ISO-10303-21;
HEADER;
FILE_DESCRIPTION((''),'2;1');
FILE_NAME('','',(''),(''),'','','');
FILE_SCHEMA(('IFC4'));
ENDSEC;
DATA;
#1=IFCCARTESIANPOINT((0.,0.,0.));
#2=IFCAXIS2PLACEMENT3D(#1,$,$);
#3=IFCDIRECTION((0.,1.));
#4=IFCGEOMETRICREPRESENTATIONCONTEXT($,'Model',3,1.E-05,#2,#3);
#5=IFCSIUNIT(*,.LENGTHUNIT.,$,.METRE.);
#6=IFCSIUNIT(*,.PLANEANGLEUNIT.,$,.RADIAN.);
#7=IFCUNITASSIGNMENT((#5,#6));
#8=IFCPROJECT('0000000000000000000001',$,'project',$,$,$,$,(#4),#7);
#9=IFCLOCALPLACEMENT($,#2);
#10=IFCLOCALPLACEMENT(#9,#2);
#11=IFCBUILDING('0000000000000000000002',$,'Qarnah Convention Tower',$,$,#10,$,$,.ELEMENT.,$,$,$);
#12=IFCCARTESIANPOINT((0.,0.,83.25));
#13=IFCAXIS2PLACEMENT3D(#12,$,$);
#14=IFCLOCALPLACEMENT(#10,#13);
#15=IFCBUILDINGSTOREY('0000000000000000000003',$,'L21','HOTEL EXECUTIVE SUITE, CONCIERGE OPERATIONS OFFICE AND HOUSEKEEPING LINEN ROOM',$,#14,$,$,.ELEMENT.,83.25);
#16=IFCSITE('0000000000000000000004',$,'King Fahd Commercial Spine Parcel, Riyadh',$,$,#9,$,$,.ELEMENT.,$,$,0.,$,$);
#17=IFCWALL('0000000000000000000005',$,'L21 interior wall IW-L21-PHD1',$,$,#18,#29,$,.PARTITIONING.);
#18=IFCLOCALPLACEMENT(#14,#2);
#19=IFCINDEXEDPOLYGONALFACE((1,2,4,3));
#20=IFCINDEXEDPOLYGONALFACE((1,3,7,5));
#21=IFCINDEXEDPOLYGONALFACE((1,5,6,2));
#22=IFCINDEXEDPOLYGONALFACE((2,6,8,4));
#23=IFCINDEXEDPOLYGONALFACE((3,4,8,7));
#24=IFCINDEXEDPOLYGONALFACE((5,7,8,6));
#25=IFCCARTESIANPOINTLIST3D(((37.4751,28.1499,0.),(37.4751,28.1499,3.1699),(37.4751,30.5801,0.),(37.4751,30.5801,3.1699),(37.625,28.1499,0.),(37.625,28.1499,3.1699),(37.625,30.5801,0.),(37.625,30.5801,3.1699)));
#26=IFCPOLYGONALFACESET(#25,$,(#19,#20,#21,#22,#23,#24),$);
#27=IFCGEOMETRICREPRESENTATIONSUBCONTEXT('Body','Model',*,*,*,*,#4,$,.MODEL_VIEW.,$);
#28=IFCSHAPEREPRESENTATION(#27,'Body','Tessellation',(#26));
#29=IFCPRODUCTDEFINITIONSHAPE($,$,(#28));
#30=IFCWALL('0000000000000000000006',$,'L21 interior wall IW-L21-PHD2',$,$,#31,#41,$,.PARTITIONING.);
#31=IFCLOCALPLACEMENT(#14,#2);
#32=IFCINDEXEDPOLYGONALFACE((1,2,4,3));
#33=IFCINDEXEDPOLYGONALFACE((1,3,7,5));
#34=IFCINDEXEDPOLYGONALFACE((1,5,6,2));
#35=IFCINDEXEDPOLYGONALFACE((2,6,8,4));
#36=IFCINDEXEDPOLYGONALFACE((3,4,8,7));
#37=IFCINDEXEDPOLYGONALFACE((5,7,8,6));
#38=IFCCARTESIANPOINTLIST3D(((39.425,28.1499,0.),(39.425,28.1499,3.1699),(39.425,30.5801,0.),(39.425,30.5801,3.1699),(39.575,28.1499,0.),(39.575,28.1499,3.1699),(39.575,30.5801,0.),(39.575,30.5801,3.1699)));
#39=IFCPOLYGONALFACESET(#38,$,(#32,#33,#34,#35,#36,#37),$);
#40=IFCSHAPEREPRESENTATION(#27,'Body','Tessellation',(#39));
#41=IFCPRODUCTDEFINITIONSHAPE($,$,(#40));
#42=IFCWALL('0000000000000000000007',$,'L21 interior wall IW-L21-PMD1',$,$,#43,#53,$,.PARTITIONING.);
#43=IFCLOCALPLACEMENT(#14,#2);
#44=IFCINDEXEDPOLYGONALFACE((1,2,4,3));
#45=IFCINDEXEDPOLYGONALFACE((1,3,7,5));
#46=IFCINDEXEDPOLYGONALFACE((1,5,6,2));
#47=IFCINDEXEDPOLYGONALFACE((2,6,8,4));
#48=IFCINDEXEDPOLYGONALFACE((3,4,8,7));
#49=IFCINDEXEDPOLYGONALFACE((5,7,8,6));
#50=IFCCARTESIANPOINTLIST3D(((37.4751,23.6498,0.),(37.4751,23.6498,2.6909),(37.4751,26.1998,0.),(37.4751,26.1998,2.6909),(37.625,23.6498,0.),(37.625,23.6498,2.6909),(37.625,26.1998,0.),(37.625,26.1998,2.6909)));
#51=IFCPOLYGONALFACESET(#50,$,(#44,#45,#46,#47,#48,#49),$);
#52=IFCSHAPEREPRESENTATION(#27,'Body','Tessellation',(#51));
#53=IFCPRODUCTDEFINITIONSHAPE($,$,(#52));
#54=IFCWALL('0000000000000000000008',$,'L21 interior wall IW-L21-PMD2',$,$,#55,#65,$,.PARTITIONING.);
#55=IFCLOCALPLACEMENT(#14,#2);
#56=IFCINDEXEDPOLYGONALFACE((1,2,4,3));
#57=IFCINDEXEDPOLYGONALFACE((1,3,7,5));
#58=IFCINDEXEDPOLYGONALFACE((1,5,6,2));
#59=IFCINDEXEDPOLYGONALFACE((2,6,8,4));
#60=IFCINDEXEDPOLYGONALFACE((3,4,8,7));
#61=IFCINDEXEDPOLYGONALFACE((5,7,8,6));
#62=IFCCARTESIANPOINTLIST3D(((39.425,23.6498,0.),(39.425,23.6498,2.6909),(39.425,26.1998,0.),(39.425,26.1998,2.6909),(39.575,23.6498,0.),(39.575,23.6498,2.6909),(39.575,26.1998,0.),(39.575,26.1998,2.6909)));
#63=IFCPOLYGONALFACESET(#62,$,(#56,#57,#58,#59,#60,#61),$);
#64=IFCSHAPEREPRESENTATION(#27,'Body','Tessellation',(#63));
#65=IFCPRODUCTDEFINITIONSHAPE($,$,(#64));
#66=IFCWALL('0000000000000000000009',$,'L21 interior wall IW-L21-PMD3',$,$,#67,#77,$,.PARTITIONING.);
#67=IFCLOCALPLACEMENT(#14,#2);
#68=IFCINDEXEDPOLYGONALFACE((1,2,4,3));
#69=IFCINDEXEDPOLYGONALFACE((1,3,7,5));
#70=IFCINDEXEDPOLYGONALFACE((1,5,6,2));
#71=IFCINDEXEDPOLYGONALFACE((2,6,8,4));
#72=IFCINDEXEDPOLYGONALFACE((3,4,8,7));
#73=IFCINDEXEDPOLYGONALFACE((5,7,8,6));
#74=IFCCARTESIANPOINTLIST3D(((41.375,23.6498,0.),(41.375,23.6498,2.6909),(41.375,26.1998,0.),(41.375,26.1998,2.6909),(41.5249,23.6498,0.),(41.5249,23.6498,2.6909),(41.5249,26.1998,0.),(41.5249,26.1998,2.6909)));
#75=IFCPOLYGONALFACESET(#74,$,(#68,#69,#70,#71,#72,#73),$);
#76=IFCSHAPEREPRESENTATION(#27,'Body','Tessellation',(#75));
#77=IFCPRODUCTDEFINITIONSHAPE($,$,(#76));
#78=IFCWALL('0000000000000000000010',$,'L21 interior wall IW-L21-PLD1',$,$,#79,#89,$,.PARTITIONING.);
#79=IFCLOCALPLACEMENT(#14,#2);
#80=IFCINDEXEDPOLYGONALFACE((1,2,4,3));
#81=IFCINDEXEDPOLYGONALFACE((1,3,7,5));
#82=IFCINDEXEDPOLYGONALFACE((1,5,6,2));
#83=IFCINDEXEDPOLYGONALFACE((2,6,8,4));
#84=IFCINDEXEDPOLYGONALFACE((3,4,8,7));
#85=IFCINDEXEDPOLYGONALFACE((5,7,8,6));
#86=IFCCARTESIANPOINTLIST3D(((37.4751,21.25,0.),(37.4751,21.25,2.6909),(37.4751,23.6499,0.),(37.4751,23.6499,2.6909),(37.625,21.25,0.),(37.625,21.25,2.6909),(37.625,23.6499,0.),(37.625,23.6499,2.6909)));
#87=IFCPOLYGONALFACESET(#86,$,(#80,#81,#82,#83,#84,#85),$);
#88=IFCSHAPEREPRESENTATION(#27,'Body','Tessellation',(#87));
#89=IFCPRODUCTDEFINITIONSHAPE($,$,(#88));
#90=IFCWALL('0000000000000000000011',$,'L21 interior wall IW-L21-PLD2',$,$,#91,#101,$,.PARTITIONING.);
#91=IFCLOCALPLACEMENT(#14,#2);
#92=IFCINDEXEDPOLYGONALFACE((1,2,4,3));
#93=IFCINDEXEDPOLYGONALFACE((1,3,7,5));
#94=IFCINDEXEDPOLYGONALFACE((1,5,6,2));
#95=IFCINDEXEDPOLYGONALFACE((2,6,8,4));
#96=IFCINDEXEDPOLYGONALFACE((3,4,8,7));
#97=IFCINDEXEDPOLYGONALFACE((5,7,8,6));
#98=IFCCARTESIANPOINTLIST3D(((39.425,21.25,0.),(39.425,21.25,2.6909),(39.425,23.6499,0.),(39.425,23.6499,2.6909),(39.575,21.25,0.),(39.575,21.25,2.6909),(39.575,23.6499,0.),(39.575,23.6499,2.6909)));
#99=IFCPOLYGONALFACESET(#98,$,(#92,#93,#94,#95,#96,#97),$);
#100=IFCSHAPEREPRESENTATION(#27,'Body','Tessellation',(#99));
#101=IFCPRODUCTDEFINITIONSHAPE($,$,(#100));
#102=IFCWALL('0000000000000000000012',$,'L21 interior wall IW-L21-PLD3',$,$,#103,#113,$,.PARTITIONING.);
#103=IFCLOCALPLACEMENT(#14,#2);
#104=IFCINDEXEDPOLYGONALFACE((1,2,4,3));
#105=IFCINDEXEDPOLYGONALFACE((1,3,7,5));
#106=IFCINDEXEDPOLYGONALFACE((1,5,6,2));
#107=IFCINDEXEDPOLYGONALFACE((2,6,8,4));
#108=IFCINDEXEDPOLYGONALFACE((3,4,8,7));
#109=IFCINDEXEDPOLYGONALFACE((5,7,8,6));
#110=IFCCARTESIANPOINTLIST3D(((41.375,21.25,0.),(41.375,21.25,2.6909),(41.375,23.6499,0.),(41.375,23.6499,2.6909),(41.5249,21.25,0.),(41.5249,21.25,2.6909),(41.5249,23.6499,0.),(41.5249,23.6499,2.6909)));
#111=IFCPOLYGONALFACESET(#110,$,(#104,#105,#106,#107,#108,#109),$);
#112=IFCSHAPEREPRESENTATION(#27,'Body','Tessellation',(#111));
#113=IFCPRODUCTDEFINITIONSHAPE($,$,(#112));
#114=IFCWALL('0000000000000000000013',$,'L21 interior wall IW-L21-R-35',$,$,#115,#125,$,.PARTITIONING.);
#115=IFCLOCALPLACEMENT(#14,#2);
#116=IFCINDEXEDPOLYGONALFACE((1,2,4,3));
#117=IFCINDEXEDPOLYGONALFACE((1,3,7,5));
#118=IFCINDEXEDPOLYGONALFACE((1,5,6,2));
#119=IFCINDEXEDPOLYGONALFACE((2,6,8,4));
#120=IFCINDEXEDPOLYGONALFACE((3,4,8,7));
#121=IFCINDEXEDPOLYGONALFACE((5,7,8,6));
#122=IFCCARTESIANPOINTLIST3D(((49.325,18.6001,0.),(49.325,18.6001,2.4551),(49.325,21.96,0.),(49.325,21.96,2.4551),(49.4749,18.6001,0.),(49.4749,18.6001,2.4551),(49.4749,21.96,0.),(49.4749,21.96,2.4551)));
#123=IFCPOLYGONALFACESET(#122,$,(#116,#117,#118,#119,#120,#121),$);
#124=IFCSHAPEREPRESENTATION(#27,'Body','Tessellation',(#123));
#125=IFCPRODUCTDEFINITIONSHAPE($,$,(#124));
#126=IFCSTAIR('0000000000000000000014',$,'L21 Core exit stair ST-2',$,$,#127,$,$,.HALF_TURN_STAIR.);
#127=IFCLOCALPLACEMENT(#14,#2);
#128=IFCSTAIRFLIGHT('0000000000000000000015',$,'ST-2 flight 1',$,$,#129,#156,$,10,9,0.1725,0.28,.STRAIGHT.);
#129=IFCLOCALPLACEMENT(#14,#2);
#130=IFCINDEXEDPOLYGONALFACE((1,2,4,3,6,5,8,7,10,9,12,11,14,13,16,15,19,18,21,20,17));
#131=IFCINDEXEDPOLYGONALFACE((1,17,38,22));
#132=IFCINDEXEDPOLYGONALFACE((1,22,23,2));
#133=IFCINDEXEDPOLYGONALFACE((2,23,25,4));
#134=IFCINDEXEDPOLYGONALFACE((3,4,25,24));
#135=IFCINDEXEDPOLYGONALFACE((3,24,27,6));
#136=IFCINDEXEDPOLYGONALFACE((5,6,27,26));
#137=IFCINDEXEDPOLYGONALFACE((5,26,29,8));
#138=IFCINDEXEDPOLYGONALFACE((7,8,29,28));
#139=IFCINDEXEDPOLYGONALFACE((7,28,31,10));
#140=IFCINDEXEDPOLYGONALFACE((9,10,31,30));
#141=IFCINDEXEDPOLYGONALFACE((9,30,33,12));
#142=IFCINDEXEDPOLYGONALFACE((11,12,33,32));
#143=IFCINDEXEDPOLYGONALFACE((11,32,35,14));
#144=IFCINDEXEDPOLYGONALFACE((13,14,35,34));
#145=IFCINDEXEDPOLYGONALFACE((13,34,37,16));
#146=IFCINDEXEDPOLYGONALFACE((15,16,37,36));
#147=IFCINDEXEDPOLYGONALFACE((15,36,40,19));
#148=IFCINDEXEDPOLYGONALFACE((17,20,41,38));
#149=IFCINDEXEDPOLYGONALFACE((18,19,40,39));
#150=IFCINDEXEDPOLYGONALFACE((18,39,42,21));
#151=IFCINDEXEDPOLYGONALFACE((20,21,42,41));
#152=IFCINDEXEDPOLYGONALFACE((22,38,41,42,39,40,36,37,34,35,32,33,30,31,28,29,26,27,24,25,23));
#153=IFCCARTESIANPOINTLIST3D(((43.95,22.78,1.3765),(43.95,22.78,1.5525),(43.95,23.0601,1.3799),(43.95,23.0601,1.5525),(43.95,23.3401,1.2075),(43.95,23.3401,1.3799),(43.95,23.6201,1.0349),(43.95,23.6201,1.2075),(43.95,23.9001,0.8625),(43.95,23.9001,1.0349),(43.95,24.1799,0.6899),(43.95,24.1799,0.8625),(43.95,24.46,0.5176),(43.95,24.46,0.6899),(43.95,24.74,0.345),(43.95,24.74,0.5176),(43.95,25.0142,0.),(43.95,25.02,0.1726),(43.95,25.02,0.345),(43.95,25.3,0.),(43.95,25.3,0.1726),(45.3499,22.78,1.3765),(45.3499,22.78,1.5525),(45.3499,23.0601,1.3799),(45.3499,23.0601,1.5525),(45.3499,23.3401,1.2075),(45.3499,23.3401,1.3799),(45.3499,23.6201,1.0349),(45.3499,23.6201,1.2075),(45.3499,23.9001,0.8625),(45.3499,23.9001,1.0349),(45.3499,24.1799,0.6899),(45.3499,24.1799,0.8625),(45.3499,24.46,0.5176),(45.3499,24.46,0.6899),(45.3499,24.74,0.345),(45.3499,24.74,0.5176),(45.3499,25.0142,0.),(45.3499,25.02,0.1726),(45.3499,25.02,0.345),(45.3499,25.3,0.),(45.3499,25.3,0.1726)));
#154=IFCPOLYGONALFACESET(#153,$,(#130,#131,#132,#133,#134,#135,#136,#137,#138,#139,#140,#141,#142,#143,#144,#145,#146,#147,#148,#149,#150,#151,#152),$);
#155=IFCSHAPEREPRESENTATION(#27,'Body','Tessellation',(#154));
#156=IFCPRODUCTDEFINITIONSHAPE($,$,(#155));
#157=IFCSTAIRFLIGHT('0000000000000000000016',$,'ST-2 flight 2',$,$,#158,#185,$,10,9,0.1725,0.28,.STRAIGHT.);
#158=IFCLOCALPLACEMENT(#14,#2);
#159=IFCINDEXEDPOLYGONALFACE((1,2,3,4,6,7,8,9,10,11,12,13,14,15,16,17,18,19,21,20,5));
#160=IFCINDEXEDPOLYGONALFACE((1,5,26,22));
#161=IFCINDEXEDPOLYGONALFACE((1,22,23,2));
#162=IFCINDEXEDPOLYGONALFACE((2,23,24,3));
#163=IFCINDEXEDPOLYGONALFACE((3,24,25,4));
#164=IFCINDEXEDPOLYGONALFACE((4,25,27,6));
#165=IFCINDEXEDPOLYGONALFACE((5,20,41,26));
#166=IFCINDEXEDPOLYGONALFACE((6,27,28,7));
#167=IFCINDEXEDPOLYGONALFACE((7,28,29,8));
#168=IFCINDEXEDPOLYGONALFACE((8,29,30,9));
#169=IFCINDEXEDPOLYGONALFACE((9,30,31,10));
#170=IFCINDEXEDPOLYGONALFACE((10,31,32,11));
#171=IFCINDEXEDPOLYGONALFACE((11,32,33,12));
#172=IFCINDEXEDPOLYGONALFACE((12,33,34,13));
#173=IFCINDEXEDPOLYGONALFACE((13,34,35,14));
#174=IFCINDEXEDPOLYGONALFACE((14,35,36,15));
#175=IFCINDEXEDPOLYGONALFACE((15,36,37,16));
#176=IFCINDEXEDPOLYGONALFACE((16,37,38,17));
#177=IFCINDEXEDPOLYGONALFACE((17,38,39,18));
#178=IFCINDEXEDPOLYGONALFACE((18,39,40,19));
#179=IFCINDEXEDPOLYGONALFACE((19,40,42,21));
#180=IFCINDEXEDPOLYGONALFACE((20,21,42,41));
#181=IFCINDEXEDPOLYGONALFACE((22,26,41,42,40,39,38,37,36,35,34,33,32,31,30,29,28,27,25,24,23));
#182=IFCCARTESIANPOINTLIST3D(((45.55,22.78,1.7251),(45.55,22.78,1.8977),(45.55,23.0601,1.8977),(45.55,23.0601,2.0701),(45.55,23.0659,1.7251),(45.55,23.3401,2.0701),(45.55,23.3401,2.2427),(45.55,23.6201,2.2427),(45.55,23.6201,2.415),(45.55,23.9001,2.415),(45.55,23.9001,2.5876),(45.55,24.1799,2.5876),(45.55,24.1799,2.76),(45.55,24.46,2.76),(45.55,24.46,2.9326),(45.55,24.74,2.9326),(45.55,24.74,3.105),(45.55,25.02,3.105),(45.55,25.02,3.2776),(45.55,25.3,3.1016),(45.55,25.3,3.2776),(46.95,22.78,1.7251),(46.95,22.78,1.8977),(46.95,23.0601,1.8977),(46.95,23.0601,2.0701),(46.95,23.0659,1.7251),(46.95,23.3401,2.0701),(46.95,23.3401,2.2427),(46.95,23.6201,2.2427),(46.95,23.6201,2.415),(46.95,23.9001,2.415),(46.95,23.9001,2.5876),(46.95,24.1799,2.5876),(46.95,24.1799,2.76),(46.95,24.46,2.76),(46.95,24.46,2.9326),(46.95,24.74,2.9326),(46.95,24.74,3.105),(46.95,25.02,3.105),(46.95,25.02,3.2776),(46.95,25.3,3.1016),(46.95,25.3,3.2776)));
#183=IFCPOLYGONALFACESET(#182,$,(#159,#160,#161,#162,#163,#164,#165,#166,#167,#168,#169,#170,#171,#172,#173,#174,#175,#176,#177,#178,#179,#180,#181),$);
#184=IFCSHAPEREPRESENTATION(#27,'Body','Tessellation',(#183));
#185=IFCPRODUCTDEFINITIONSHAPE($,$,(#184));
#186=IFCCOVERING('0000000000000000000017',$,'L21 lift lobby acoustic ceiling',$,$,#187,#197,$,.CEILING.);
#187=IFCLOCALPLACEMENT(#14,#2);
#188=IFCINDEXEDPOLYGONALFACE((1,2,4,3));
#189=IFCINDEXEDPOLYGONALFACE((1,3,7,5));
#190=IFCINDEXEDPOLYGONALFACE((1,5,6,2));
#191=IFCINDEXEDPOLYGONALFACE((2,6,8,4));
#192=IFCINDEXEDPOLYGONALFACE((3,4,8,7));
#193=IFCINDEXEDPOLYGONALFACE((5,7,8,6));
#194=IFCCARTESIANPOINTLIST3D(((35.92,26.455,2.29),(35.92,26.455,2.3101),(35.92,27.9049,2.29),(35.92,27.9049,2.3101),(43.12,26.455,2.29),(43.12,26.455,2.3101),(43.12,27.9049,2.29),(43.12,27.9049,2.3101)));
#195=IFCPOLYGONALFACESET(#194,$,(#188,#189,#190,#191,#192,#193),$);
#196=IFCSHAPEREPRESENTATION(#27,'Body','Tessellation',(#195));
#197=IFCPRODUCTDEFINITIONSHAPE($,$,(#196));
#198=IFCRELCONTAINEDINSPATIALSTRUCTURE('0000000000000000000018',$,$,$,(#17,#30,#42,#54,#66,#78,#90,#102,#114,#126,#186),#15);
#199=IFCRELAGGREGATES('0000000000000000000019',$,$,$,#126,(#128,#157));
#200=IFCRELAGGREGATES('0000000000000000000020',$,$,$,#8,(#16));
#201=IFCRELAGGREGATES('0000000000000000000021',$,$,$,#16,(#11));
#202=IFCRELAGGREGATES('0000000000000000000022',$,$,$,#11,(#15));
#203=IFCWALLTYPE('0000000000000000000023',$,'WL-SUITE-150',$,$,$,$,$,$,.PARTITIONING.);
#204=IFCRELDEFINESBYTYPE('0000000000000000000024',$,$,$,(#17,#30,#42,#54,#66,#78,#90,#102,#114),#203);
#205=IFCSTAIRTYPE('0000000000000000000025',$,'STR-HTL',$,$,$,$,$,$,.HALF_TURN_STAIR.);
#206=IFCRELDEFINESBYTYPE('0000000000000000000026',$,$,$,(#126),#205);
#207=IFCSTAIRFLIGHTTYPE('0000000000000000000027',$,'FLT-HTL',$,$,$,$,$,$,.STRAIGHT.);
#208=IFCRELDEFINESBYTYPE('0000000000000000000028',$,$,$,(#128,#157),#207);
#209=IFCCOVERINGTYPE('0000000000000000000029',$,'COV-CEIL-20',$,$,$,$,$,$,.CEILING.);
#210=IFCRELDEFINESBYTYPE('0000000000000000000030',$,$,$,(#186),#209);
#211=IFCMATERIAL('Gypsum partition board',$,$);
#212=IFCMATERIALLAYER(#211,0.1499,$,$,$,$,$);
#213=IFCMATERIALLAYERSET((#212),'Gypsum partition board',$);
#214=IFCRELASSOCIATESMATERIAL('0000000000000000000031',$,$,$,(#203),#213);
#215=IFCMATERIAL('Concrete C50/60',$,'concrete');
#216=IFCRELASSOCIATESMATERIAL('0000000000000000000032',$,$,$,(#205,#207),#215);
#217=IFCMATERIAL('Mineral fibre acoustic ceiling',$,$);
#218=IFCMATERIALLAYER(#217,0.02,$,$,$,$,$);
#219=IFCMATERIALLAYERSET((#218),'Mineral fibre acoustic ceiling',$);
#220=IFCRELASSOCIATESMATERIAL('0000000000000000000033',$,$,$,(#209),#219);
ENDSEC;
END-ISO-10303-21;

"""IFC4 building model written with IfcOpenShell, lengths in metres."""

from ifc_helpers import new_model, si_unit, direction, frame, frame_2d, origin, origin_2d, place, context, subcontext, project, spatial, polyline, rectangle, outline, extrude, material, layer, layer_set, type_object, element, aggregate, save


model = new_model("IFC4")

# Units and contexts
model_context = context("Model", 3, precision=1e-05, world=origin(), true_north=direction((0.0, 1.0)))
body_context = subcontext(model_context, "Body", "Model", "MODEL_VIEW")
ifc_project = project(units=[si_unit("LENGTHUNIT", "METRE"), si_unit("PLANEANGLEUNIT", "RADIAN")], contexts=[model_context])

# Site, building, storey
site_placement = place(None, origin())
site = spatial("IfcSite", under=ifc_project, at=site_placement, Name="King Fahd Commercial Spine Parcel, Riyadh", CompositionType="ELEMENT", RefElevation=0.0)
building_placement = place(site_placement, origin())
building = spatial("IfcBuilding", under=site, at=building_placement, Name="Qarnah Convention Tower", CompositionType="ELEMENT")
storey_placement = place(building_placement, frame((0.0, 0.0, 83.25)))
storey = spatial("IfcBuildingStorey", under=building, at=storey_placement, Name="L21", Description="HOTEL EXECUTIVE SUITE, CONCIERGE OPERATIONS OFFICE AND HOUSEKEEPING LINEN ROOM", CompositionType="ELEMENT", Elevation=83.25)

# Walls
ifc_material_1 = material(Name="Gypsum partition board")
ifc_layer_1 = layer(ifc_material_1, 0.1499)
ifc_layer_set_1 = layer_set([ifc_layer_1], Name="Gypsum partition board")
wall_type_1 = type_object("IfcWallType", Name="WL-SUITE-150", PredefinedType="PARTITIONING", material=ifc_layer_set_1)
for number, where, z_axis, x_axis, name in (
    (1, (37.55, 28.1499, 0.0), (0.0, 0.0, 1.0), (0.0, 1.0, 0.0), "L21 interior wall IW-L21-PHD1"),
    (2, (39.5, 28.1499, 0.0), (0.0, 0.0, 1.0), (0.0, 1.0, 0.0), "L21 interior wall IW-L21-PHD2"),
):
    element("IfcWall", number, at=place(storey_placement, frame(where, z_axis=z_axis, x_axis=x_axis)), inside=storey, type_object=wall_type_1, Name=name, PredefinedType="PARTITIONING", context=body_context, shape_type="SweptSolid", body=[
        extrude(rectangle(XDim=2.4302, YDim=0.1499, at=frame_2d((1.2151, 0.0))), origin(), (0.0, 0.0, 1.0), 3.1699),
    ])
for number, where, z_axis, x_axis, name in (
    (3, (37.55, 23.6499, 0.0), (0.0, 0.0, 1.0), (0.0, 1.0, 0.0), "L21 interior wall IW-L21-PMD1"),
    (4, (39.5, 23.6499, 0.0), (0.0, 0.0, 1.0), (0.0, 1.0, 0.0), "L21 interior wall IW-L21-PMD2"),
    (5, (41.45, 23.6499, 0.0), (0.0, 0.0, 1.0), (0.0, 1.0, 0.0), "L21 interior wall IW-L21-PMD3"),
):
    element("IfcWall", number, at=place(storey_placement, frame(where, z_axis=z_axis, x_axis=x_axis)), inside=storey, type_object=wall_type_1, Name=name, PredefinedType="PARTITIONING", context=body_context, shape_type="SweptSolid", body=[
        extrude(rectangle(XDim=2.55, YDim=0.1499, at=frame_2d((1.2749, 0.0))), origin(), (0.0, 0.0, 1.0), 2.6909),
    ])
for number, where, z_axis, x_axis, name in (
    (6, (37.55, 21.25, 0.0), (0.0, 0.0, 1.0), (0.0, 1.0, 0.0), "L21 interior wall IW-L21-PLD1"),
    (7, (39.5, 21.25, 0.0), (0.0, 0.0, 1.0), (0.0, 1.0, 0.0), "L21 interior wall IW-L21-PLD2"),
    (8, (41.45, 21.25, 0.0), (0.0, 0.0, 1.0), (0.0, 1.0, 0.0), "L21 interior wall IW-L21-PLD3"),
):
    element("IfcWall", number, at=place(storey_placement, frame(where, z_axis=z_axis, x_axis=x_axis)), inside=storey, type_object=wall_type_1, Name=name, PredefinedType="PARTITIONING", context=body_context, shape_type="SweptSolid", body=[
        extrude(rectangle(XDim=2.3999, YDim=0.1499, at=frame_2d((1.2, 0.0))), origin(), (0.0, 0.0, 1.0), 2.6909),
    ])
wall_1_placement = place(storey_placement, frame((49.3999, 21.96, 0.0), z_axis=(0.0, 0.0, 1.0), x_axis=(0.0, -1.0, 0.0)))
element("IfcWall", 9, at=wall_1_placement, inside=storey, type_object=wall_type_1, Name="L21 interior wall IW-L21-R-35", PredefinedType="PARTITIONING", context=body_context, shape_type="SweptSolid", body=[
    extrude(rectangle(XDim=3.3599, YDim=0.1499, at=frame_2d((1.6799, 0.0))), origin(), (0.0, 0.0, 1.0), 2.4551),
])

# Stair, stair flights
ifc_material_2 = material(Name="Concrete C50/60", Category="concrete")
stair_type = type_object("IfcStairType", Name="STR-HTL", PredefinedType="HALF_TURN_STAIR", material=ifc_material_2)
stair_placement = place(storey_placement, origin())
stair = element("IfcStair", 10, at=stair_placement, inside=storey, type_object=stair_type, Name="L21 Core exit stair ST-2", PredefinedType="HALF_TURN_STAIR")
stair_flight_type = type_object("IfcStairFlightType", Name="FLT-HTL", PredefinedType="STRAIGHT", material=ifc_material_2)
stair_flight_1_placement = place(storey_placement, frame((44.6499, 25.3, 0.0), z_axis=(0.0, 0.0, 1.0), x_axis=(0.0, -1.0, 0.0)))
stair_flight_1 = element("IfcStairFlight", 11, at=stair_flight_1_placement, type_object=stair_flight_type, Name="ST-2 flight 1", NumberOfRisers=10, NumberOfTreads=9, PredefinedType="STRAIGHT", RiserHeight=0.1725, TreadLength=0.28, context=body_context, shape_type="SweptSolid", body=[
    extrude(outline(polyline([(0.0, 0.0), (0.0, 0.1726), (0.28, 0.1726), (0.28, 0.345), (0.5601, 0.345), (0.5601, 0.5176), (0.8401, 0.5176), (0.8401, 0.6899), (1.1201, 0.6899), (1.1201, 0.8625), (1.3999, 0.8625), (1.3999, 1.0349), (1.6799, 1.0349), (1.6799, 1.2075), (1.96, 1.2075), (1.96, 1.3799), (2.24, 1.3799), (2.24, 1.5525), (2.52, 1.5525), (2.52, 1.7251), (2.52, 1.3765), (0.2859, 0.0), (0.0, 0.0)])), frame((0.0, 0.7, 0.0), z_axis=(0.0, -1.0, 0.0), x_axis=(1.0, 0.0, 0.0)), (0.0, 0.0, 1.0), 1.3999),
])
stair_flight_2_placement = place(storey_placement, frame((46.25, 22.78, 1.7251), z_axis=(0.0, 0.0, 1.0), x_axis=(0.0, 1.0, 0.0)))
stair_flight_2 = element("IfcStairFlight", 12, at=stair_flight_2_placement, type_object=stair_flight_type, Name="ST-2 flight 2", NumberOfRisers=10, NumberOfTreads=9, PredefinedType="STRAIGHT", RiserHeight=0.1725, TreadLength=0.28, context=body_context, shape_type="SweptSolid", body=[
    extrude(outline(polyline([(0.0, 0.0), (0.0, 0.1726), (0.28, 0.1726), (0.28, 0.345), (0.5601, 0.345), (0.5601, 0.5176), (0.8401, 0.5176), (0.8401, 0.6899), (1.1201, 0.6899), (1.1201, 0.8625), (1.3999, 0.8625), (1.3999, 1.0349), (1.6799, 1.0349), (1.6799, 1.2075), (1.96, 1.2075), (1.96, 1.3799), (2.24, 1.3799), (2.24, 1.5525), (2.52, 1.5525), (2.52, 1.7251), (2.52, 1.3765), (0.2859, 0.0), (0.0, 0.0)])), frame((0.0, 0.7, 0.0), z_axis=(0.0, -1.0, 0.0), x_axis=(1.0, 0.0, 0.0)), (0.0, 0.0, 1.0), 1.3999),
])
aggregate(stair, [stair_flight_1, stair_flight_2])

# Covering
ifc_material_3 = material(Name="Mineral fibre acoustic ceiling")
ifc_layer_2 = layer(ifc_material_3, 0.02)
ifc_layer_set_2 = layer_set([ifc_layer_2], Name="Mineral fibre acoustic ceiling")
covering_type = type_object("IfcCoveringType", Name="COV-CEIL-20", PredefinedType="CEILING", material=ifc_layer_set_2)
covering_placement = place(storey_placement, frame((39.52, 27.1799, 2.29), z_axis=(0.0, 0.0, 1.0), x_axis=(1.0, 0.0, 0.0)))
element("IfcCovering", 13, at=covering_placement, inside=storey, type_object=covering_type, Name="L21 lift lobby acoustic ceiling", PredefinedType="CEILING", context=body_context, shape_type="SweptSolid", body=[
    extrude(rectangle(XDim=7.2, YDim=1.45, at=origin_2d()), origin(), (0.0, 0.0, 1.0), 0.02),
])

save(model, "model.ifc")
